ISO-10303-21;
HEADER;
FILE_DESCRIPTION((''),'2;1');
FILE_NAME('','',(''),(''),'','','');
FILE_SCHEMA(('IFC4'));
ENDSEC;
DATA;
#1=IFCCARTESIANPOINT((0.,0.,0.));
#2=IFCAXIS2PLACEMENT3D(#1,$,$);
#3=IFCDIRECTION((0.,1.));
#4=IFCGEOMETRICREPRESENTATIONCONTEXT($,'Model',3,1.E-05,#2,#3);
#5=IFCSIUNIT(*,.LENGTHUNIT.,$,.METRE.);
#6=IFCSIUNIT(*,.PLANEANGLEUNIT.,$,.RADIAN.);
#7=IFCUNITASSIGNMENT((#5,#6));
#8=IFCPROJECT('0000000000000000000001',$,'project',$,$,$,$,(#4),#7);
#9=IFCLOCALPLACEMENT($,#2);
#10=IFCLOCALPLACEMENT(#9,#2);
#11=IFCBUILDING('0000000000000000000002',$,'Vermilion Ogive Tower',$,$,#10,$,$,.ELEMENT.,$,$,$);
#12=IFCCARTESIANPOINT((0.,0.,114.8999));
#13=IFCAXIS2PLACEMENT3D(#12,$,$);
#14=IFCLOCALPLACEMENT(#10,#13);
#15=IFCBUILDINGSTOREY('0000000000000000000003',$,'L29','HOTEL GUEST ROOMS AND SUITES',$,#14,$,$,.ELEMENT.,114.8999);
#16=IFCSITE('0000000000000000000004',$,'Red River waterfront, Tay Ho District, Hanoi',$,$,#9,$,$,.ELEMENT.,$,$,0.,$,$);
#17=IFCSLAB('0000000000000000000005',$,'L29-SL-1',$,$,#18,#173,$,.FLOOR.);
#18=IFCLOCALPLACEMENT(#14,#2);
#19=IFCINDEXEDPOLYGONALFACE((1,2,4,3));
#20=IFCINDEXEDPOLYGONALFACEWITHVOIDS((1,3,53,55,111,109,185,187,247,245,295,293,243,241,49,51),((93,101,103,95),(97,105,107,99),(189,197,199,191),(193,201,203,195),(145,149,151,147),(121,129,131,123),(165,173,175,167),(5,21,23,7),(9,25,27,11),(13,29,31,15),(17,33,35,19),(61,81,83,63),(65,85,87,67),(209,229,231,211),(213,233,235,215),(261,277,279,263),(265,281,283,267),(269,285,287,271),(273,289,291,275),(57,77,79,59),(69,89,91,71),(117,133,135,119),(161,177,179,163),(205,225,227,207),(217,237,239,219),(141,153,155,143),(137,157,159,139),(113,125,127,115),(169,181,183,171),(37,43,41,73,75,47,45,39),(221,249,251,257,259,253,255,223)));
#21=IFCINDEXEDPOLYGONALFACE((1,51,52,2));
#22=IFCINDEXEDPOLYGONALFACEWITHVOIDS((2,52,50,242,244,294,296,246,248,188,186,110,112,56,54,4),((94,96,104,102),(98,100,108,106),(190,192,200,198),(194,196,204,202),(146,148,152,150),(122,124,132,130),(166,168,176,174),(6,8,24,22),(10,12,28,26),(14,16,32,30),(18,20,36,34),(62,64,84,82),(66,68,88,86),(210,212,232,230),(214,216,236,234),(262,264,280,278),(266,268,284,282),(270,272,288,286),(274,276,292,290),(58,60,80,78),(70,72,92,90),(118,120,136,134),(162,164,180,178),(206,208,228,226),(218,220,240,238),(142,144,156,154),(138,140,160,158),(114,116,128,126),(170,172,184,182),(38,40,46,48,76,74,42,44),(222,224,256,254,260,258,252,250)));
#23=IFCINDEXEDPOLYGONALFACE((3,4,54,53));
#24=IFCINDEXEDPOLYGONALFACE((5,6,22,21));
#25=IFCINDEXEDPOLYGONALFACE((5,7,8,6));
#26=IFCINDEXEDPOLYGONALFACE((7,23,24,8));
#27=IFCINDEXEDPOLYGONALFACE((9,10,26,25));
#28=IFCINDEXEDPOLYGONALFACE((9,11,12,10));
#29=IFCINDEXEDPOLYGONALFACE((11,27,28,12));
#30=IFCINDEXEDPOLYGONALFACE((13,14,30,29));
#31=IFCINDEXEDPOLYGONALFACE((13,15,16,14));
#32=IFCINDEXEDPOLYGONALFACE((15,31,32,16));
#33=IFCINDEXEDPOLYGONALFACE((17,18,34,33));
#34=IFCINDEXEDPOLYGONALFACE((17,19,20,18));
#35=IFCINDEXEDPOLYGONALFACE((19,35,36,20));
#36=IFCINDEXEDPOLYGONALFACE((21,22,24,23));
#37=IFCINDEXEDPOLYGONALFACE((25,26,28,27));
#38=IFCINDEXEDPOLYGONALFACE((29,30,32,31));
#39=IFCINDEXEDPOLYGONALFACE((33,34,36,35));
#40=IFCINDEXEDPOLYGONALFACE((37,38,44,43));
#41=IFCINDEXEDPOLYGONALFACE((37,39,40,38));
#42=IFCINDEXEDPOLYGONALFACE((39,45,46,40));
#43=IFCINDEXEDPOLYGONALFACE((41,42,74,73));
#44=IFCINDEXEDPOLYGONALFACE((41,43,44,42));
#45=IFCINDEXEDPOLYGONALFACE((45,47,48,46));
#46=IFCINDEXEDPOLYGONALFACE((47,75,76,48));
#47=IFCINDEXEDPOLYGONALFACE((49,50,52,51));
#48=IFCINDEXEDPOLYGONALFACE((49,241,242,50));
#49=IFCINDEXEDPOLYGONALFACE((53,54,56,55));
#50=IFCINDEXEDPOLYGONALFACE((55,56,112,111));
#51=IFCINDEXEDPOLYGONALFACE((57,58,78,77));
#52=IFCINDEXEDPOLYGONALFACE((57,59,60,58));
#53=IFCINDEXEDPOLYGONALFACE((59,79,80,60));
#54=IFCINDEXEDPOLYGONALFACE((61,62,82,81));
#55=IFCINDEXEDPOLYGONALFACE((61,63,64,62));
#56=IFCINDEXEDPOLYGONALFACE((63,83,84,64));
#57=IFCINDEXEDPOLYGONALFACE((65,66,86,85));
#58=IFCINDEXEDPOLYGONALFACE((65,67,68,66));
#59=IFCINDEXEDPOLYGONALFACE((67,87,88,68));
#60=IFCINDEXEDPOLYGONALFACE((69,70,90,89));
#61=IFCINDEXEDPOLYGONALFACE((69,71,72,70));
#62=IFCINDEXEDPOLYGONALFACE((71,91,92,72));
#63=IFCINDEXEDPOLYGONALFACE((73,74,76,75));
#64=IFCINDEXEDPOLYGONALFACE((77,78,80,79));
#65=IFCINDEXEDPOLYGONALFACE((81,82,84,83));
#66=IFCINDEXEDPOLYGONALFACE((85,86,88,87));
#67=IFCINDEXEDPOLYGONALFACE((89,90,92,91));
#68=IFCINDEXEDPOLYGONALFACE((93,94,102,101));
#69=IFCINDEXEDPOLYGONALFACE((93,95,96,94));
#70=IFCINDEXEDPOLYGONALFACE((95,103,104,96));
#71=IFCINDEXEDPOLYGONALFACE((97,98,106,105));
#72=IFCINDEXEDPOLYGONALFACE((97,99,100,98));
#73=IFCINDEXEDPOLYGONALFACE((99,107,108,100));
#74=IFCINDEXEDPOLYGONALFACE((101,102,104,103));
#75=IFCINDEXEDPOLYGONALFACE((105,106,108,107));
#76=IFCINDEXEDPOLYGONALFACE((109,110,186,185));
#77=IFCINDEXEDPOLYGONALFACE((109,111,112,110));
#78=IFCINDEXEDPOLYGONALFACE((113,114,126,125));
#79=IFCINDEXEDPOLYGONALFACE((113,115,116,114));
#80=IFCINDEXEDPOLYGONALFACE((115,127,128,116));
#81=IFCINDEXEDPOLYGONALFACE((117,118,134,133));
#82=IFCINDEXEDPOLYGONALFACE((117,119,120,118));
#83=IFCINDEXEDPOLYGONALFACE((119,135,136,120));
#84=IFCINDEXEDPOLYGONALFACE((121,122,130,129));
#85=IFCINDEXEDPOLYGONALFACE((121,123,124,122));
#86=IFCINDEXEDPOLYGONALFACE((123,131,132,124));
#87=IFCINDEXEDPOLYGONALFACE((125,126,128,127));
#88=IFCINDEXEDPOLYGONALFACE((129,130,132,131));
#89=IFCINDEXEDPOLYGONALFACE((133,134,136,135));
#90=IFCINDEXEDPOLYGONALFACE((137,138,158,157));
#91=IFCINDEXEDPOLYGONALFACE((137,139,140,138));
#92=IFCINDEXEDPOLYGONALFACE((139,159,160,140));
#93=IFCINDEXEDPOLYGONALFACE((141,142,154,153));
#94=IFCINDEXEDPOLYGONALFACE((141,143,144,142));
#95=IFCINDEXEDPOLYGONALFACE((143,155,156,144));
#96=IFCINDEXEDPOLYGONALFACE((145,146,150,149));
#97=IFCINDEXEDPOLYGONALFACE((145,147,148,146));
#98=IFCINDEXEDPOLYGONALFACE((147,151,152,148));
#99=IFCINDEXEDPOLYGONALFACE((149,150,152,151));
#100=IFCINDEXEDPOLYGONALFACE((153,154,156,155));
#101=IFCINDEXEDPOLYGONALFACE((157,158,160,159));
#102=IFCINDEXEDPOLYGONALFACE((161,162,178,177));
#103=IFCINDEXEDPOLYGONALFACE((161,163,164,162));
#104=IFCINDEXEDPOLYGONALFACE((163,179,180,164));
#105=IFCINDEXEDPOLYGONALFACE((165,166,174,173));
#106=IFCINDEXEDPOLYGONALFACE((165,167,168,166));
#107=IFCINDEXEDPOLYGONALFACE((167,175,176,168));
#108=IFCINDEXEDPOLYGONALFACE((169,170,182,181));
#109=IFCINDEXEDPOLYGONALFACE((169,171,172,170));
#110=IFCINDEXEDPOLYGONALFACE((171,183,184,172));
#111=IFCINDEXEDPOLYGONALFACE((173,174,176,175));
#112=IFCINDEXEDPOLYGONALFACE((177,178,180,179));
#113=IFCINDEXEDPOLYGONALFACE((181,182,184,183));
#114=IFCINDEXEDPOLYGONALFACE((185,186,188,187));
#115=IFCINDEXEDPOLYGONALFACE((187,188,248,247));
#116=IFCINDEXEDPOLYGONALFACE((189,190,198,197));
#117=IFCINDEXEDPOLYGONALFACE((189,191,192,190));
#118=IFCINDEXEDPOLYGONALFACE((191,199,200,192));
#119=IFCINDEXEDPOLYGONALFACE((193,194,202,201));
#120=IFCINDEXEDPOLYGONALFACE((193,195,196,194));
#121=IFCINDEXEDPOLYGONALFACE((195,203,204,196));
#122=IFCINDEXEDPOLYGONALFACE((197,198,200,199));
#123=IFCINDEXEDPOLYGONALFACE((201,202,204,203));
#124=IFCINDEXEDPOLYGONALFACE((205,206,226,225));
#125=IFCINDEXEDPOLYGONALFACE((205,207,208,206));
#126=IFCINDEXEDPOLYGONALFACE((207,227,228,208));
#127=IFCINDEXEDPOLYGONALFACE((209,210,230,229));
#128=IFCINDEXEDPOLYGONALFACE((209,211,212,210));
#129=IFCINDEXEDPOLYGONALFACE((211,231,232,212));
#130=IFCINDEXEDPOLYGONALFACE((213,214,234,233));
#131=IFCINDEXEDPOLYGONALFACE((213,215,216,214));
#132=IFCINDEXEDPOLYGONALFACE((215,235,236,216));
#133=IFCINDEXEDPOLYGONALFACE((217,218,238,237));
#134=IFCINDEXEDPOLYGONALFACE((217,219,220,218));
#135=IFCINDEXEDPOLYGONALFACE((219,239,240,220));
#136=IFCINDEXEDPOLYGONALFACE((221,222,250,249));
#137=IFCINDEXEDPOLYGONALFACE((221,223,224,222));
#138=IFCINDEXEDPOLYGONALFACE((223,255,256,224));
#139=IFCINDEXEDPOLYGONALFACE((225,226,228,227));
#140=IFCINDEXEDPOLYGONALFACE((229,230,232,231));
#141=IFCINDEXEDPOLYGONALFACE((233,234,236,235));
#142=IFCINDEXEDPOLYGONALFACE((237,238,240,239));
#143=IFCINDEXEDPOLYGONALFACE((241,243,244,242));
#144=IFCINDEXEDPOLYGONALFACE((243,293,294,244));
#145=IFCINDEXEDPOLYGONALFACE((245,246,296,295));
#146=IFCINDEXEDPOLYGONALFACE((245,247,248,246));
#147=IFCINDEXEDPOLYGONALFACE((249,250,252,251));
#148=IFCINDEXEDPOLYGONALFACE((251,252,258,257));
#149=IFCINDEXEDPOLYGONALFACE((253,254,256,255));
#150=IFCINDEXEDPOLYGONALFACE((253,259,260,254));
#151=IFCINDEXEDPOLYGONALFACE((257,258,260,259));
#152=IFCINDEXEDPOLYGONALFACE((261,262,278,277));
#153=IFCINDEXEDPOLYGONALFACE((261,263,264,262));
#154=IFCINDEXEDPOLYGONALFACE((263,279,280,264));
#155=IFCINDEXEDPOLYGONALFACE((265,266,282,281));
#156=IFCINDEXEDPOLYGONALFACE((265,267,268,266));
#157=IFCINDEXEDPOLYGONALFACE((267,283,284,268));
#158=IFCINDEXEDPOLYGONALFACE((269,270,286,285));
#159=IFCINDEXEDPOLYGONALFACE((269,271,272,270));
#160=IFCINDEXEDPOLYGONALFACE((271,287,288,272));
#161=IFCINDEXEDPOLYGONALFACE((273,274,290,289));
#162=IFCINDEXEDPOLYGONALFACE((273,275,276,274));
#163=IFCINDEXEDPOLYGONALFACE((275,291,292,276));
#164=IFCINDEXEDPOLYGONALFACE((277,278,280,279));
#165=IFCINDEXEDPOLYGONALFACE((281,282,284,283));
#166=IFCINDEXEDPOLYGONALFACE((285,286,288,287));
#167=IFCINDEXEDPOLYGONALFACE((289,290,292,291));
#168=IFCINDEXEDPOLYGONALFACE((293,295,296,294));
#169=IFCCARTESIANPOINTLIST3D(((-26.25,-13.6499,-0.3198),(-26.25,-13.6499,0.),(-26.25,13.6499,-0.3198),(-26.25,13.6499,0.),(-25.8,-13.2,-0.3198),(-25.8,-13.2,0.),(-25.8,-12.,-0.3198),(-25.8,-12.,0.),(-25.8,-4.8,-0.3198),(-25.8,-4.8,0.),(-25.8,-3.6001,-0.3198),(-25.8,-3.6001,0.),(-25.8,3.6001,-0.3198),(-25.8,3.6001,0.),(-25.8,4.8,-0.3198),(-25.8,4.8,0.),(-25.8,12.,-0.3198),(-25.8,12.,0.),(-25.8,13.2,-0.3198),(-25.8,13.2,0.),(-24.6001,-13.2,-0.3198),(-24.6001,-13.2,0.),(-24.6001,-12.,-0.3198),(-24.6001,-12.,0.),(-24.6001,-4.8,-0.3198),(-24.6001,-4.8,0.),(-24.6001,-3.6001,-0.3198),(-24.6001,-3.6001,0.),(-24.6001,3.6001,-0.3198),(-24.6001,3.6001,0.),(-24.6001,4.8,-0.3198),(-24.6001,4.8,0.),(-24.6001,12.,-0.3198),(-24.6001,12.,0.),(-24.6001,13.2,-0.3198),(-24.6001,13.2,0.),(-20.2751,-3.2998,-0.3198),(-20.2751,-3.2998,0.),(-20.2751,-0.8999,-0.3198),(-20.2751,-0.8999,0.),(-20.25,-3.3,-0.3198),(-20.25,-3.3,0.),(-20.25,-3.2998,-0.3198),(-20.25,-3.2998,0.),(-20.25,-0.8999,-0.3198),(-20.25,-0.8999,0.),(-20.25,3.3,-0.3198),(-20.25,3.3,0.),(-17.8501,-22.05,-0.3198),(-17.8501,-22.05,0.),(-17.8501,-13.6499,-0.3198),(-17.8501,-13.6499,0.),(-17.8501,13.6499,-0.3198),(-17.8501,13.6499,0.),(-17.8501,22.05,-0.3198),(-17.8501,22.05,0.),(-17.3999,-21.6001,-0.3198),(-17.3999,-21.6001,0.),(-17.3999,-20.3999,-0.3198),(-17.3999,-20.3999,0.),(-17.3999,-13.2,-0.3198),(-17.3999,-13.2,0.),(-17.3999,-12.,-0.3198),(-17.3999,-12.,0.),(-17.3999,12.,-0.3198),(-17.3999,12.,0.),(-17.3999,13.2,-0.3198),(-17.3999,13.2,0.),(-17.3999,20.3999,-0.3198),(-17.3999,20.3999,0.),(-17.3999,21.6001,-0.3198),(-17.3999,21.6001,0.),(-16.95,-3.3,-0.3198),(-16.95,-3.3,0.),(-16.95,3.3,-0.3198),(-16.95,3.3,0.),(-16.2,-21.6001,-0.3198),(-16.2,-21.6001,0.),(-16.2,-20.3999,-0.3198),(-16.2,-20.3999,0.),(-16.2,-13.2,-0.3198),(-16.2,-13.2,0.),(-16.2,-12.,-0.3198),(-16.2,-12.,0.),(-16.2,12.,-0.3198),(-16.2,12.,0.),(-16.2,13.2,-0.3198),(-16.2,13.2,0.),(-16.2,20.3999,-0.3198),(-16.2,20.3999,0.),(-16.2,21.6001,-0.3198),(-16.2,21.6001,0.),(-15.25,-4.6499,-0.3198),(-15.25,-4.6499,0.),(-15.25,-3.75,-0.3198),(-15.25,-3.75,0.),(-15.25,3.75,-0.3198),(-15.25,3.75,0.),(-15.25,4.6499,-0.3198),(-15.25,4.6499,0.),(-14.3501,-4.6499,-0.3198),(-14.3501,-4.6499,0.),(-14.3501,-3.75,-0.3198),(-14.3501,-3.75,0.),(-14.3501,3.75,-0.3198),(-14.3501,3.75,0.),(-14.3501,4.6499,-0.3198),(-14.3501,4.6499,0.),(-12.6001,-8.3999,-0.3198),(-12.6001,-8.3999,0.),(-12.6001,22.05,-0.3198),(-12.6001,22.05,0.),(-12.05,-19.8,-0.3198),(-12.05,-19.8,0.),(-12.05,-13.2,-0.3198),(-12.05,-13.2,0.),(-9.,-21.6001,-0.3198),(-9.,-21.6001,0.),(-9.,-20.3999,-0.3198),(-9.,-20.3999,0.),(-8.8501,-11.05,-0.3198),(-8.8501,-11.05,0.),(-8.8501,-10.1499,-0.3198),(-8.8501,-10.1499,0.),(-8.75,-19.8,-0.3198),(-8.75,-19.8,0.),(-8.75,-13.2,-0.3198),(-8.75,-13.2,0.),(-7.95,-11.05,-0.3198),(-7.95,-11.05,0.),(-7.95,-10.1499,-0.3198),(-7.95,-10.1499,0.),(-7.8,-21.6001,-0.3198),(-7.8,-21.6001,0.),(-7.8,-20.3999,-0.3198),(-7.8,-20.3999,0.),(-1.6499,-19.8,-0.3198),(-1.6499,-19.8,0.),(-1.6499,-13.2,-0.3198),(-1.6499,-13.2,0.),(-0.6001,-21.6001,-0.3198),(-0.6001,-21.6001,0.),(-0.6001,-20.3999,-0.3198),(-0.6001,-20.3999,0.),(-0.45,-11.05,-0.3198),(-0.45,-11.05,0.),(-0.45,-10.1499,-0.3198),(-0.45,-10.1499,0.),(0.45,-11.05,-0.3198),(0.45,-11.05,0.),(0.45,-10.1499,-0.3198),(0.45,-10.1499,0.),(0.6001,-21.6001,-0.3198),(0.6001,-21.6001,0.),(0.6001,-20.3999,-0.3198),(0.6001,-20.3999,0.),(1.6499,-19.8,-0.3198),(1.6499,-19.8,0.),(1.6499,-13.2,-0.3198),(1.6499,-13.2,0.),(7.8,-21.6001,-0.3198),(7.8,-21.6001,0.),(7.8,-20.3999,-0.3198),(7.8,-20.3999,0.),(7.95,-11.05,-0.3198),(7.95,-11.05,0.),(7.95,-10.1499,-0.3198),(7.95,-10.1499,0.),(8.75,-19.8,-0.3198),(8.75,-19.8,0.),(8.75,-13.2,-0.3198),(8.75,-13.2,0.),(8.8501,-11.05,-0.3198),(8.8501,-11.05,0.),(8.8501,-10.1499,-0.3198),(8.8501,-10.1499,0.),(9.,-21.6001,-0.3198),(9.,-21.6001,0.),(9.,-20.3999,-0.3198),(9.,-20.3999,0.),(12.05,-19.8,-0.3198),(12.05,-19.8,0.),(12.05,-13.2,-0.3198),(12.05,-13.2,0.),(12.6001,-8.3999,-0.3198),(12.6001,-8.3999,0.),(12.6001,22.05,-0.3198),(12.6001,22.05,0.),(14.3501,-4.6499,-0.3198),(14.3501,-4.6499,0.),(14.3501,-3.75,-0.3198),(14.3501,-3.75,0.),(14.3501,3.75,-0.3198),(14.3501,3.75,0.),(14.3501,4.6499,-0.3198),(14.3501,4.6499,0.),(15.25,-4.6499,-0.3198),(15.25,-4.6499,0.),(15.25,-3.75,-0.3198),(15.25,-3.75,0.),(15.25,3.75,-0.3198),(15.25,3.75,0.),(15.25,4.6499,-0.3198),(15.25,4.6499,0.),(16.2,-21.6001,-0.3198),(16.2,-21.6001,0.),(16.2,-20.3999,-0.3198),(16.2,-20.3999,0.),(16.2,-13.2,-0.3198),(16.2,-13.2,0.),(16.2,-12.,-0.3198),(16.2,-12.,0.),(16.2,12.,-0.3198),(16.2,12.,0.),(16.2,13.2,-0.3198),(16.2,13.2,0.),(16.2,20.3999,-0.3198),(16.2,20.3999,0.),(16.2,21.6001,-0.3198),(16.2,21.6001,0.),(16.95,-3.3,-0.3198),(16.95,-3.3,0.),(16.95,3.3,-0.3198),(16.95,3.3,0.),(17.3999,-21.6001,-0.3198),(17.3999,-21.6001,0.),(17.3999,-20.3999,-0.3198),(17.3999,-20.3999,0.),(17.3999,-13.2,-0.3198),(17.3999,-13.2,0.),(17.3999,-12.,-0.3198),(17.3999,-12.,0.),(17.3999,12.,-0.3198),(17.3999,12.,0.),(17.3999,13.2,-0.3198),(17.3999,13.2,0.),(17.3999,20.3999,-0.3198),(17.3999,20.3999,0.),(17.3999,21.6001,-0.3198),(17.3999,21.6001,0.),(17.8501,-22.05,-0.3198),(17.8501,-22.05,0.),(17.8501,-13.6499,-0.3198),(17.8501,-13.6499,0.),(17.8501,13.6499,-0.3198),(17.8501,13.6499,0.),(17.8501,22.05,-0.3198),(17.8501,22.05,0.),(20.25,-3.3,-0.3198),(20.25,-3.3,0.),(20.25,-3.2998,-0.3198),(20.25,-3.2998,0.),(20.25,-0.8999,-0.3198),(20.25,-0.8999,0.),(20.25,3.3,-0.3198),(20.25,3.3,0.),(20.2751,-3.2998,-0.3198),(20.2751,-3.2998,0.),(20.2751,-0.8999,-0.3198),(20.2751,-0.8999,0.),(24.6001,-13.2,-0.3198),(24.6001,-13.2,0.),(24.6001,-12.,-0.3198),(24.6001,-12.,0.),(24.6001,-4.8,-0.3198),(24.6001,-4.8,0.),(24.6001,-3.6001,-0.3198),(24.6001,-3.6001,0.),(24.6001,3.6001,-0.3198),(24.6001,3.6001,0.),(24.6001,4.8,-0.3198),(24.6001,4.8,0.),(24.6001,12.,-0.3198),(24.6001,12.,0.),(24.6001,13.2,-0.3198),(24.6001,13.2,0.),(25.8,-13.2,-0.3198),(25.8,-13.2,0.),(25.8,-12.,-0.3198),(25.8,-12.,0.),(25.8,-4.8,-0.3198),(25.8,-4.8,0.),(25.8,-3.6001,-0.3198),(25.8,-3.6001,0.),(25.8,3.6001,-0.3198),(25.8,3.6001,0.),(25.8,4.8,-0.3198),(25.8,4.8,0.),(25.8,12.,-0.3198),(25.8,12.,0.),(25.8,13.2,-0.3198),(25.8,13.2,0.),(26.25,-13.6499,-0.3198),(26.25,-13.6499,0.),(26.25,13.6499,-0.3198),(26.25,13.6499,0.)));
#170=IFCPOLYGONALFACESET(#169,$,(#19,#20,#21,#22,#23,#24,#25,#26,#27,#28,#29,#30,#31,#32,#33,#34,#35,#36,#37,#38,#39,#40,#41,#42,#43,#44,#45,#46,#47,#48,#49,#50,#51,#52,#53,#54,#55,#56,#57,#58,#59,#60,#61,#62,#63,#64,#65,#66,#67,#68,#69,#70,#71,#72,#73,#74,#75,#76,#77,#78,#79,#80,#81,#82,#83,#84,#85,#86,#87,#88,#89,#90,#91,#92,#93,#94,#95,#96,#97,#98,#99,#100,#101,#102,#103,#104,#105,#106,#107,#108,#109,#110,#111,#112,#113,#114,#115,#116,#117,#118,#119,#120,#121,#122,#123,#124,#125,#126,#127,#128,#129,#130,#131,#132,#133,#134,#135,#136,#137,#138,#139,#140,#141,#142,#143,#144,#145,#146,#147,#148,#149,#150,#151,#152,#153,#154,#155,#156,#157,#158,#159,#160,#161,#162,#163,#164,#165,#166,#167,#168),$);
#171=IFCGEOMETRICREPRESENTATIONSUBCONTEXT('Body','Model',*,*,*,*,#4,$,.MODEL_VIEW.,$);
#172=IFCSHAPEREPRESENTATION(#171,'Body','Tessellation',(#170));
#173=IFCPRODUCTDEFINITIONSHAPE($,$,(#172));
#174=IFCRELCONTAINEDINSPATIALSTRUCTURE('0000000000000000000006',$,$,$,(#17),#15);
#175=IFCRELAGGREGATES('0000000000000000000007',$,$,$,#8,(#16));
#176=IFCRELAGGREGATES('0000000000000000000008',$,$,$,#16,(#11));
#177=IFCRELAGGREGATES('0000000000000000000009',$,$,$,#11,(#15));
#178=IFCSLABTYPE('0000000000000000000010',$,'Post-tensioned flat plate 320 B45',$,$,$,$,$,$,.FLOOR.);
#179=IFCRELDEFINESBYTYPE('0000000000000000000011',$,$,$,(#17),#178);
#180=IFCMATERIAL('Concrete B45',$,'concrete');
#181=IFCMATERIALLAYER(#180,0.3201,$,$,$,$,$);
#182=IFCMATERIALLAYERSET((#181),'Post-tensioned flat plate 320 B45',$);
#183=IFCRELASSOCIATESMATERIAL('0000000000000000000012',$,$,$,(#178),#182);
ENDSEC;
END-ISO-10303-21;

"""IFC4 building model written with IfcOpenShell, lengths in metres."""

from ifc_helpers import new_model, si_unit, direction, frame, origin, place, context, subcontext, project, spatial, polyline, outline, extrude, material, layer, layer_set, type_object, element, save


model = new_model("IFC4")

# Units and contexts
model_context = context("Model", 3, precision=1e-05, world=origin(), true_north=direction((0.0, 1.0)))
body_context = subcontext(model_context, "Body", "Model", "MODEL_VIEW")
ifc_project = project(units=[si_unit("LENGTHUNIT", "METRE"), si_unit("PLANEANGLEUNIT", "RADIAN")], contexts=[model_context])

# Site, building, storey
site_placement = place(None, origin())
site = spatial("IfcSite", under=ifc_project, at=site_placement, Name="Red River waterfront, Tay Ho District, Hanoi", CompositionType="ELEMENT", RefElevation=0.0)
building_placement = place(site_placement, origin())
building = spatial("IfcBuilding", under=site, at=building_placement, Name="Vermilion Ogive Tower", CompositionType="ELEMENT")
storey_placement = place(building_placement, frame((0.0, 0.0, 114.8999)))
storey = spatial("IfcBuildingStorey", under=building, at=storey_placement, Name="L29", Description="HOTEL GUEST ROOMS AND SUITES", CompositionType="ELEMENT", Elevation=114.8999)

# Slab
ifc_material_1 = material(Name="Concrete B45", Category="concrete")
ifc_layer_1 = layer(ifc_material_1, 0.3201)
ifc_layer_set_1 = layer_set([ifc_layer_1], Name="Post-tensioned flat plate 320 B45")
slab_type_1 = type_object("IfcSlabType", Name="Post-tensioned flat plate 320 B45", PredefinedType="FLOOR", material=ifc_layer_set_1)
slab_1_placement = place(storey_placement, frame((0.0, 0.0, -0.3198)))
element("IfcSlab", 1, at=slab_1_placement, inside=storey, type_object=slab_type_1, Name="L29-SL-1", PredefinedType="FLOOR", context=body_context, shape_type="SweptSolid", body=[
    extrude(outline(polyline([(-26.25, 13.6499), (-26.25, -13.6499), (-17.8501, -13.6499), (-17.8501, -22.05), (17.8501, -22.05), (17.8501, -13.6499), (26.25, -13.6499), (26.25, 13.6499), (17.8501, 13.6499), (17.8501, 22.05), (12.6001, 22.05), (12.6001, -8.3999), (-12.6001, -8.3999), (-12.6001, 22.05), (-17.8501, 22.05), (-17.8501, 13.6499), (-26.25, 13.6499)]), holes=[polyline([(24.6001, -3.6001), (25.8, -3.6001), (25.8, -4.8), (24.6001, -4.8), (24.6001, -3.6001)]), polyline([(24.6001, -12.0), (25.8, -12.0), (25.8, -13.2), (24.6001, -13.2), (24.6001, -12.0)]), polyline([(25.8, 13.2), (25.8, 12.0), (24.6001, 12.0), (24.6001, 13.2), (25.8, 13.2)]), polyline([(25.8, 4.8), (25.8, 3.6001), (24.6001, 3.6001), (24.6001, 4.8), (25.8, 4.8)]), polyline([(20.2751, -3.2998), (20.25, -3.2998), (20.25, -3.3), (16.95, -3.3), (16.95, 3.3), (20.25, 3.3), (20.25, -0.8999), (20.2751, -0.8999), (20.2751, -3.2998)]), polyline([(16.2, -12.0), (17.3999, -12.0), (17.3999, -13.2), (16.2, -13.2), (16.2, -12.0)]), polyline([(17.3999, 21.6001), (17.3999, 20.3999), (16.2, 20.3999), (16.2, 21.6001), (17.3999, 21.6001)]), polyline([(16.2, -20.3999), (17.3999, -20.3999), (17.3999, -21.6001), (16.2, -21.6001), (16.2, -20.3999)]), polyline([(16.2, 13.2), (17.3999, 13.2), (17.3999, 12.0), (16.2, 12.0), (16.2, 13.2)]), polyline([(14.3501, 4.6499), (15.25, 4.6499), (15.25, 3.75), (14.3501, 3.75), (14.3501, 4.6499)]), polyline([(15.25, -3.75), (15.25, -4.6499), (14.3501, -4.6499), (14.3501, -3.75), (15.25, -3.75)]), polyline([(8.75, -13.2), (12.05, -13.2), (12.05, -19.8), (8.75, -19.8), (8.75, -13.2)]), polyline([(7.8, -20.3999), (9.0, -20.3999), (9.0, -21.6001), (7.8, -21.6001), (7.8, -20.3999)]), polyline([(8.8501, -10.1499), (8.8501, -11.05), (7.95, -11.05), (7.95, -10.1499), (8.8501, -10.1499)]), polyline([(-1.6499, -13.2), (1.6499, -13.2), (1.6499, -19.8), (-1.6499, -19.8), (-1.6499, -13.2)]), polyline([(-0.6001, -20.3999), (0.6001, -20.3999), (0.6001, -21.6001), (-0.6001, -21.6001), (-0.6001, -20.3999)]), polyline([(-0.45, -10.1499), (0.45, -10.1499), (0.45, -11.05), (-0.45, -11.05), (-0.45, -10.1499)]), polyline([(-9.0, -20.3999), (-7.8, -20.3999), (-7.8, -21.6001), (-9.0, -21.6001), (-9.0, -20.3999)]), polyline([(-8.8501, -10.1499), (-7.95, -10.1499), (-7.95, -11.05), (-8.8501, -11.05), (-8.8501, -10.1499)]), polyline([(-12.05, -13.2), (-8.75, -13.2), (-8.75, -19.8), (-12.05, -19.8), (-12.05, -13.2)]), polyline([(-15.25, 4.6499), (-14.3501, 4.6499), (-14.3501, 3.75), (-15.25, 3.75), (-15.25, 4.6499)]), polyline([(-14.3501, -3.75), (-14.3501, -4.6499), (-15.25, -4.6499), (-15.25, -3.75), (-14.3501, -3.75)]), polyline([(-17.3999, 13.2), (-16.2, 13.2), (-16.2, 12.0), (-17.3999, 12.0), (-17.3999, 13.2)]), polyline([(-17.3999, -12.0), (-16.2, -12.0), (-16.2, -13.2), (-17.3999, -13.2), (-17.3999, -12.0)]), polyline([(-17.3999, -20.3999), (-16.2, -20.3999), (-16.2, -21.6001), (-17.3999, -21.6001), (-17.3999, -20.3999)]), polyline([(-16.2, 21.6001), (-16.2, 20.3999), (-17.3999, 20.3999), (-17.3999, 21.6001), (-16.2, 21.6001)]), polyline([(-20.25, -3.3), (-20.25, -3.2998), (-20.2751, -3.2998), (-20.2751, -0.8999), (-20.25, -0.8999), (-20.25, 3.3), (-16.95, 3.3), (-16.95, -3.3), (-20.25, -3.3)]), polyline([(-24.6001, 4.8), (-24.6001, 3.6001), (-25.8, 3.6001), (-25.8, 4.8), (-24.6001, 4.8)]), polyline([(-25.8, 13.2), (-24.6001, 13.2), (-24.6001, 12.0), (-25.8, 12.0), (-25.8, 13.2)]), polyline([(-25.8, -3.6001), (-24.6001, -3.6001), (-24.6001, -4.8), (-25.8, -4.8), (-25.8, -3.6001)]), polyline([(-25.8, -12.0), (-24.6001, -12.0), (-24.6001, -13.2), (-25.8, -13.2), (-25.8, -12.0)])]), origin(), (0.0, 0.0, 1.0), 0.3198),
])

save(model, "model.ifc")
